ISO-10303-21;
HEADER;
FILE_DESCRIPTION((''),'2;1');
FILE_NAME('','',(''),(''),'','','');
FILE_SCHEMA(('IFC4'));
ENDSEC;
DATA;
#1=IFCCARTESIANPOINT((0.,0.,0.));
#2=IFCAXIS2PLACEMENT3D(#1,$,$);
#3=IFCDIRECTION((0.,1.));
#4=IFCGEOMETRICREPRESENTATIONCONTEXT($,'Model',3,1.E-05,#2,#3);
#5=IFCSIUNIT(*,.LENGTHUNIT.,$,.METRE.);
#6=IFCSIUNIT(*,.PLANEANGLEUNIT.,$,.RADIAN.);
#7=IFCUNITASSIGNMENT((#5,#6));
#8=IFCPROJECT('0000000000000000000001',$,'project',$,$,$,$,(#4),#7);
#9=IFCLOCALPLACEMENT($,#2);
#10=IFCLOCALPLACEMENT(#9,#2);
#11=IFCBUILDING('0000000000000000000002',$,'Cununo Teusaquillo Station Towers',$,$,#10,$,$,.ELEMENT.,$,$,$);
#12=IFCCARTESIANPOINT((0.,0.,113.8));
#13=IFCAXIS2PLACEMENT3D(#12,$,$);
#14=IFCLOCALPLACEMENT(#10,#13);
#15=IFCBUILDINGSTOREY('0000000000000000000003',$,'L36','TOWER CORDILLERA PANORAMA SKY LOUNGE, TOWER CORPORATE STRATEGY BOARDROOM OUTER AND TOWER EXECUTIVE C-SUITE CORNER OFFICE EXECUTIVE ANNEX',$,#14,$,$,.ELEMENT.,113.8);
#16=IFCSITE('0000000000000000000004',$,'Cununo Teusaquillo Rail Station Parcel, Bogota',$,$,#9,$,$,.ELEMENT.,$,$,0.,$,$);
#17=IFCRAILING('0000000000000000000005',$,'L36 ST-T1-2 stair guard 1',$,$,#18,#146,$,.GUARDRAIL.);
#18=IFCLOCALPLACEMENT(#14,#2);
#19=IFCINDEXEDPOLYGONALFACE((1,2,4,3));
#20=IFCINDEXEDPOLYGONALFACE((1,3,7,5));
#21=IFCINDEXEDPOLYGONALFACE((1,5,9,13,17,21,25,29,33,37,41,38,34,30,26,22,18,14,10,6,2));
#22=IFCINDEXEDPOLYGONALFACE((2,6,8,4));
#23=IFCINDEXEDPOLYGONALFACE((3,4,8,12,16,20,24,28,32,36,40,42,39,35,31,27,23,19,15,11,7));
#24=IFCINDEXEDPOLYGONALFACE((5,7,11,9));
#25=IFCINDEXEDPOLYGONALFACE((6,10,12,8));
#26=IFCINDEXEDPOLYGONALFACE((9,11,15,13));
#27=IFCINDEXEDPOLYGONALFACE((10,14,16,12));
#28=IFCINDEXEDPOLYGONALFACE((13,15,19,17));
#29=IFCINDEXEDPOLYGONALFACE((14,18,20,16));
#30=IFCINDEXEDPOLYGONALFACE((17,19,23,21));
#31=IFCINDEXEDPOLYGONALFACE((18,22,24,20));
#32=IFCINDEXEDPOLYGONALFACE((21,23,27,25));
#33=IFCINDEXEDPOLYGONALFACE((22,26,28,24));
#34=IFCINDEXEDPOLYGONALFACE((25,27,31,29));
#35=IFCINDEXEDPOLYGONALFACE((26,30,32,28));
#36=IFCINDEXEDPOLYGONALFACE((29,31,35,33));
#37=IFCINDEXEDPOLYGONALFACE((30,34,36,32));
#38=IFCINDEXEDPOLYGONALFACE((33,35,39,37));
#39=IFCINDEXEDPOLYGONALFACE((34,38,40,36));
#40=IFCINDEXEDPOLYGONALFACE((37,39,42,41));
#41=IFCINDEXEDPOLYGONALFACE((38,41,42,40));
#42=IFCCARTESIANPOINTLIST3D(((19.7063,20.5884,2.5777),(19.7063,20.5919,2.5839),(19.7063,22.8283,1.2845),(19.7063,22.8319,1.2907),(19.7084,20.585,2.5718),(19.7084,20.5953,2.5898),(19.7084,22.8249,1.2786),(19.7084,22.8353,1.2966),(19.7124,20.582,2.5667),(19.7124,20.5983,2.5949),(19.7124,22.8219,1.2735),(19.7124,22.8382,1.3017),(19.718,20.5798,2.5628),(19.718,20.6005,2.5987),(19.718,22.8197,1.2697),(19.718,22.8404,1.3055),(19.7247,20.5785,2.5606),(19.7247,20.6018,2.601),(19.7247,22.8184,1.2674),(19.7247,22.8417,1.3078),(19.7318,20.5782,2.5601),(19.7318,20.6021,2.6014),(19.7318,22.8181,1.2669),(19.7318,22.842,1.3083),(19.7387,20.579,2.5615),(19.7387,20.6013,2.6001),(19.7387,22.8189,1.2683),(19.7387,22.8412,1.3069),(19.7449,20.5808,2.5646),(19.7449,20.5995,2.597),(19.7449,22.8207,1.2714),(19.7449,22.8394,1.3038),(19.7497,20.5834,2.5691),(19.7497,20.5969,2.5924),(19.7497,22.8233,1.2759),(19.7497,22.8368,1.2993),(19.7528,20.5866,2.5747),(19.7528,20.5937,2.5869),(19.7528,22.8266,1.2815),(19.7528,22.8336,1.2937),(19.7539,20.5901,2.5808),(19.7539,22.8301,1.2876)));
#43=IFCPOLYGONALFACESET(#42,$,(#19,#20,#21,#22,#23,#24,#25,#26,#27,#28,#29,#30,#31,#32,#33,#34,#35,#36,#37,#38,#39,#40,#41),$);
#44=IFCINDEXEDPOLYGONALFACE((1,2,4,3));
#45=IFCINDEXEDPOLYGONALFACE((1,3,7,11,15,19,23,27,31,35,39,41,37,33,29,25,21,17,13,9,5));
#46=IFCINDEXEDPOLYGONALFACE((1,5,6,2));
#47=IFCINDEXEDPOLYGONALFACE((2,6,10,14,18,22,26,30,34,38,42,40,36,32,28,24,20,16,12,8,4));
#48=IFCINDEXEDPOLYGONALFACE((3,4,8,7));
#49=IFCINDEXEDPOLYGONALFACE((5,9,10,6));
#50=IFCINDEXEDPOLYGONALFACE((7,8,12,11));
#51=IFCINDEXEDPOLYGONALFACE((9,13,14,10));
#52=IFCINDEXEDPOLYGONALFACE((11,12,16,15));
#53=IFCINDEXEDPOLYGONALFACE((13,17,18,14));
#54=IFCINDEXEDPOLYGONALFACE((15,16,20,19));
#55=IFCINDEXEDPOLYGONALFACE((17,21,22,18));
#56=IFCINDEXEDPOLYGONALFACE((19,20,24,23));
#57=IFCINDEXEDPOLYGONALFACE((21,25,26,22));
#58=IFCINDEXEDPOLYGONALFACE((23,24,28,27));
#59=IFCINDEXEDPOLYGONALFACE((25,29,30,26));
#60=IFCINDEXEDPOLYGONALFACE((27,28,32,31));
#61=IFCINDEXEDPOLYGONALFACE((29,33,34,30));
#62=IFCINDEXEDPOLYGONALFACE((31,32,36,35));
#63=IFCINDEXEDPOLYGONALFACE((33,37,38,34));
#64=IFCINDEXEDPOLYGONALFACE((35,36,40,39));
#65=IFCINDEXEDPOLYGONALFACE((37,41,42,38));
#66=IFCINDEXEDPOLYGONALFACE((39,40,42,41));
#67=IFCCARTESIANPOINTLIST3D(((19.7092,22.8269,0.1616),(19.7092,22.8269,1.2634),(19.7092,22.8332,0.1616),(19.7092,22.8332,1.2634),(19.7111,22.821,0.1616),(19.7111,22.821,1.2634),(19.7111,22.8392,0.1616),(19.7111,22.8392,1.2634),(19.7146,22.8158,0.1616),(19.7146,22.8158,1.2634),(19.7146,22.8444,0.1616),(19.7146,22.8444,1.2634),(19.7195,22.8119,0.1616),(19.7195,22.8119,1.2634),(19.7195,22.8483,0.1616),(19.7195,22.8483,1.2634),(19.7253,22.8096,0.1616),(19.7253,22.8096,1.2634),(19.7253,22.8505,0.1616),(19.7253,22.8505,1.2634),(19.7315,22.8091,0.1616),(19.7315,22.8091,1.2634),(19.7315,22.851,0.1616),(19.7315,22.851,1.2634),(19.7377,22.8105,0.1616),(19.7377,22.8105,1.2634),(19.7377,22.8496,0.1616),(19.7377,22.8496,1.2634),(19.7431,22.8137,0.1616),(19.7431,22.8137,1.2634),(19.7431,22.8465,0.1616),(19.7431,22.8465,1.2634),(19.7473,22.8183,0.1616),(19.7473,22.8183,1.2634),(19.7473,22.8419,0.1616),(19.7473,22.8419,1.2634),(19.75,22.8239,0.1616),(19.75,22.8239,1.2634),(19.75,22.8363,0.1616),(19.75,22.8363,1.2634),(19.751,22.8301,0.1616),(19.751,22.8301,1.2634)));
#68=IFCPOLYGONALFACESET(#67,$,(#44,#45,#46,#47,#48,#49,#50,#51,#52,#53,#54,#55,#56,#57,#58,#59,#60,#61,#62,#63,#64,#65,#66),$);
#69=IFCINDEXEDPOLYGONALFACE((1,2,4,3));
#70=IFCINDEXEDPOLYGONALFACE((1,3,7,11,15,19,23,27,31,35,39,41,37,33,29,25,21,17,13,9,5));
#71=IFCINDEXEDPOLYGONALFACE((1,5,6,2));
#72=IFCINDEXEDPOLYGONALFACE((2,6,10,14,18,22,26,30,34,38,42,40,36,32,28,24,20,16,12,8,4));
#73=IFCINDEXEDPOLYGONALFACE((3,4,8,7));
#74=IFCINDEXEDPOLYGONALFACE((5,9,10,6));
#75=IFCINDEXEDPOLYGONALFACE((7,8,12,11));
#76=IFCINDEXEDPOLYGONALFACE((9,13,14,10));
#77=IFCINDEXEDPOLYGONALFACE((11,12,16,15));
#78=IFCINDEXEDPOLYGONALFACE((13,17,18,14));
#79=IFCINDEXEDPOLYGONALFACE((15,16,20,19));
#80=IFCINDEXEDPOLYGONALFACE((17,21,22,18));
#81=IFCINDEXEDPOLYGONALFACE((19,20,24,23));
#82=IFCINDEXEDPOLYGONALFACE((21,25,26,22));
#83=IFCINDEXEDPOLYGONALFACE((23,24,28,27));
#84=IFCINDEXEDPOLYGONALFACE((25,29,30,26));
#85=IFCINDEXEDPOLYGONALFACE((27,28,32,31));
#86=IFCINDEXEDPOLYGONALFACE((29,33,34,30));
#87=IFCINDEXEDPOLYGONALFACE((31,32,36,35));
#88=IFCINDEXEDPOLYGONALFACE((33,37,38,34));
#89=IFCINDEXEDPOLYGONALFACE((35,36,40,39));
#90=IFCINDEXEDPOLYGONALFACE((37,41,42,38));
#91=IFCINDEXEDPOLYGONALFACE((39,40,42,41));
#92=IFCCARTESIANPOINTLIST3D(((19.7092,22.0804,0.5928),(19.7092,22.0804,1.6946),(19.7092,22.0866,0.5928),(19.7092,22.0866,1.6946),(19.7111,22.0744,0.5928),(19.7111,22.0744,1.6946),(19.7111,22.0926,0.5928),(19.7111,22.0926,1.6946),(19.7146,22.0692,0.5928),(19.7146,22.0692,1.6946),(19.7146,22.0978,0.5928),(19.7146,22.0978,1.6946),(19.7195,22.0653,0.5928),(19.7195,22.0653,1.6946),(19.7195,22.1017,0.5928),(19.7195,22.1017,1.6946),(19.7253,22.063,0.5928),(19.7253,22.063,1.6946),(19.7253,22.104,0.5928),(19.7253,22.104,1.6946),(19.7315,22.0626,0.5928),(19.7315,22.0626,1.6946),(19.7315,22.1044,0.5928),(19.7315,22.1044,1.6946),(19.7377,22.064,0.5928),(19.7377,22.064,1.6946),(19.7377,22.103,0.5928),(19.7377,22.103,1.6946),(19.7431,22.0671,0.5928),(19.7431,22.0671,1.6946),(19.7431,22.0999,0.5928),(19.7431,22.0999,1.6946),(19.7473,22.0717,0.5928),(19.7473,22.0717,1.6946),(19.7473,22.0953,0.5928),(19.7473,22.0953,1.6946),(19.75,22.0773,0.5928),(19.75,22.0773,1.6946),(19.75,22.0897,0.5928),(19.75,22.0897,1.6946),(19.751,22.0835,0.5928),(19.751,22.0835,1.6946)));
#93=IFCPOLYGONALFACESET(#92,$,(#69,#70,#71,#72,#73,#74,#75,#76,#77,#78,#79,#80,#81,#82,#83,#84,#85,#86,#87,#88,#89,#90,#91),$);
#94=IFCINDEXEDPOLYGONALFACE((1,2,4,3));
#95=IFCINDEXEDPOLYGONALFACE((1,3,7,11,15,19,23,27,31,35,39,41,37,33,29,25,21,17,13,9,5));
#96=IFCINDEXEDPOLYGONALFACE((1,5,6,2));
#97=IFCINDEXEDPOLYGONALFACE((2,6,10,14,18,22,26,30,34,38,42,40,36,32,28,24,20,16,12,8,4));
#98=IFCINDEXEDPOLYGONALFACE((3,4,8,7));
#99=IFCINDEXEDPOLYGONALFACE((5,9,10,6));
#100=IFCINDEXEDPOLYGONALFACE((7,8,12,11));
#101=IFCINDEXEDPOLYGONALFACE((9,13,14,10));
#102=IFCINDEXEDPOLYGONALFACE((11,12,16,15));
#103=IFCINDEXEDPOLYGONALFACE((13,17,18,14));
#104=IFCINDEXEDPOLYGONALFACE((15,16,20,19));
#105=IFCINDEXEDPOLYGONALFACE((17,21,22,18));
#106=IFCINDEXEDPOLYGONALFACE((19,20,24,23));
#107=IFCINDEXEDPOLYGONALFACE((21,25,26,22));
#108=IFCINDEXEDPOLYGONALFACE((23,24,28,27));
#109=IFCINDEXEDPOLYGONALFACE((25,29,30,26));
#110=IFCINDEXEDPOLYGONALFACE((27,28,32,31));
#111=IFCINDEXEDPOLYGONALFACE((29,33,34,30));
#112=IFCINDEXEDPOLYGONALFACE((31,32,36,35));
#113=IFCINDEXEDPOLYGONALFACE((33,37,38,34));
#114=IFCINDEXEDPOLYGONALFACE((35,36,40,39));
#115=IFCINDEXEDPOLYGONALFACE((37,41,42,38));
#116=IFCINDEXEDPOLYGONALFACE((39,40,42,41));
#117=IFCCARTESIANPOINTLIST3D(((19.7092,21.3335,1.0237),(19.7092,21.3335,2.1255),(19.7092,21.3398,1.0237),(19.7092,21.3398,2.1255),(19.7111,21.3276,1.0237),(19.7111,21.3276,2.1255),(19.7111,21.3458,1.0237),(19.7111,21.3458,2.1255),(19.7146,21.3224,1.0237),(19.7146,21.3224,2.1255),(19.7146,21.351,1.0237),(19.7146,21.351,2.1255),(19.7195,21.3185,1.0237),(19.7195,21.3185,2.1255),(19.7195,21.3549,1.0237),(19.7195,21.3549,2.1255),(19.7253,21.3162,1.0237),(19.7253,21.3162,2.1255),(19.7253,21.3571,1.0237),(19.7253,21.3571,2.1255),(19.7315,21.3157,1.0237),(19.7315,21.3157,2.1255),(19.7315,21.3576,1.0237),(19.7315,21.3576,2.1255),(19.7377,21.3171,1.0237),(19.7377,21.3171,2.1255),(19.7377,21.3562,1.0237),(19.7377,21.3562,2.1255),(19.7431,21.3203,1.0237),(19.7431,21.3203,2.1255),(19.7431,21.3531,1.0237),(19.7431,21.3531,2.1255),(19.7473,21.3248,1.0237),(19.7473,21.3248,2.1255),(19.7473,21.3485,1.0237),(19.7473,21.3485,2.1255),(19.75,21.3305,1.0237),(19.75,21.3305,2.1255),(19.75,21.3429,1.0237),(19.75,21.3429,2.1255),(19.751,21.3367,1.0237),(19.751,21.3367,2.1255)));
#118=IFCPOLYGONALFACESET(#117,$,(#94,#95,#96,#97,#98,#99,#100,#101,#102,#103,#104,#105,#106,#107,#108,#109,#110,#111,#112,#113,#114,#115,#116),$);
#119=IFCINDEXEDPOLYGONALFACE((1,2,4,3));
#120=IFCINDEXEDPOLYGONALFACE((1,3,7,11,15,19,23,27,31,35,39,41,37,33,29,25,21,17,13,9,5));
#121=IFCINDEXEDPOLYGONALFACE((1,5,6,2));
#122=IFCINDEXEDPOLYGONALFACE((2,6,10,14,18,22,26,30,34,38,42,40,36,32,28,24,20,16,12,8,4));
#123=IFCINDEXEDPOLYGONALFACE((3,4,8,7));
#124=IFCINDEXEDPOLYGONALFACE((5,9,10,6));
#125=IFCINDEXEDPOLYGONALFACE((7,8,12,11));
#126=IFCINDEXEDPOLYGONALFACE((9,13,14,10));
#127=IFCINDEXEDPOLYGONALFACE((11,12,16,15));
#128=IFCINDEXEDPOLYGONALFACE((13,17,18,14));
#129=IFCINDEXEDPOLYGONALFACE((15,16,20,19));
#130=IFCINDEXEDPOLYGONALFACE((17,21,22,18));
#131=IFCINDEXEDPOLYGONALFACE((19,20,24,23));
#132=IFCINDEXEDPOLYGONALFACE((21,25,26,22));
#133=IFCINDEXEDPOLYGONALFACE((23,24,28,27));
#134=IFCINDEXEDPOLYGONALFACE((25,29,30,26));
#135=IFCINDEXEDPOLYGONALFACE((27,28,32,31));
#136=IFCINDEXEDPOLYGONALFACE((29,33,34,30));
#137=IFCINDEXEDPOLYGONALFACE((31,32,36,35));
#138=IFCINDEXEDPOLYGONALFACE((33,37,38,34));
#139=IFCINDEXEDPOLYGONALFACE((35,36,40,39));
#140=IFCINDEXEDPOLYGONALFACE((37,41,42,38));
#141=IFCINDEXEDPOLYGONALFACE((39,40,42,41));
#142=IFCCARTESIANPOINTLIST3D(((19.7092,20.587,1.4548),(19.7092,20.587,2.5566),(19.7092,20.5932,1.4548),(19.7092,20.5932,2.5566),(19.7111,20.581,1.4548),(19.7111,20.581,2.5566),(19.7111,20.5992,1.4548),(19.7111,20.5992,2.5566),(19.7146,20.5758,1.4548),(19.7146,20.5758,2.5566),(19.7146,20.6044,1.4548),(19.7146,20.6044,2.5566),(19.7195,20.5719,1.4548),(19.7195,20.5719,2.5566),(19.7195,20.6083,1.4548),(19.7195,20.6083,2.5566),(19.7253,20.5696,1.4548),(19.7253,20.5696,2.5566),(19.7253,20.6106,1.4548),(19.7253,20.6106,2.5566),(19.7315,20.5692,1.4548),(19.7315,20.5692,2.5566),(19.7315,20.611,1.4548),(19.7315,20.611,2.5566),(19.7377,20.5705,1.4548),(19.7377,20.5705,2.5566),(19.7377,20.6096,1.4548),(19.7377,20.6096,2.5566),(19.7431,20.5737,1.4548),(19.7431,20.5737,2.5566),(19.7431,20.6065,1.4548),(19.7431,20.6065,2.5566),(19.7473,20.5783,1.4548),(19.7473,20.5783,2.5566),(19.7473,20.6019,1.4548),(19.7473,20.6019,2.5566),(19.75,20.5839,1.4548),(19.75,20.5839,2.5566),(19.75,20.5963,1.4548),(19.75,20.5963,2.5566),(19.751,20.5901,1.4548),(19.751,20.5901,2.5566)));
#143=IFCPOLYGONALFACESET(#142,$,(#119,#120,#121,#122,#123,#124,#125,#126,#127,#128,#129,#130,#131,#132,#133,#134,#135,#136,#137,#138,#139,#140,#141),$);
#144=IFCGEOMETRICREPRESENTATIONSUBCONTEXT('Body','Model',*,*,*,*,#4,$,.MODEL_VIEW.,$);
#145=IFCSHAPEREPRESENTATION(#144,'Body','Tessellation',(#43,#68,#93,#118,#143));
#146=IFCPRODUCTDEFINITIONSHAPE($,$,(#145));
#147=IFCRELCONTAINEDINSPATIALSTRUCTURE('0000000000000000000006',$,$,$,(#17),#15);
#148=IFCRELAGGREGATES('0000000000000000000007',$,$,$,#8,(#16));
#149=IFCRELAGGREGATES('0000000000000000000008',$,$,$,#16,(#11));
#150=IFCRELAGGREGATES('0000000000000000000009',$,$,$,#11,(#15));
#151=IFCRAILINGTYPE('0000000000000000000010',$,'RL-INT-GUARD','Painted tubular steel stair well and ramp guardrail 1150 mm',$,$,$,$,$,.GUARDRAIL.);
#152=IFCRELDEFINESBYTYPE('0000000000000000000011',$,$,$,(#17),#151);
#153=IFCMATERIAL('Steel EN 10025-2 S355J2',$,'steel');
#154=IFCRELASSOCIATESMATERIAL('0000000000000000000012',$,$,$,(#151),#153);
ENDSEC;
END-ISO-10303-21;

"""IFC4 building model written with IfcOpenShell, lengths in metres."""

from ifc_helpers import new_model, si_unit, direction, frame, origin, origin_2d, place, context, subcontext, project, spatial, circle, extrude, material, type_object, element, save


model = new_model("IFC4")

# Units and contexts
model_context = context("Model", 3, precision=1e-05, world=origin(), true_north=direction((0.0, 1.0)))
body_context = subcontext(model_context, "Body", "Model", "MODEL_VIEW")
ifc_project = project(units=[si_unit("LENGTHUNIT", "METRE"), si_unit("PLANEANGLEUNIT", "RADIAN")], contexts=[model_context])

# Site, building, storey
site_placement = place(None, origin())
site = spatial("IfcSite", under=ifc_project, at=site_placement, Name="Cununo Teusaquillo Rail Station Parcel, Bogota", CompositionType="ELEMENT", RefElevation=0.0)
building_placement = place(site_placement, origin())
building = spatial("IfcBuilding", under=site, at=building_placement, Name="Cununo Teusaquillo Station Towers", CompositionType="ELEMENT")
storey_placement = place(building_placement, frame((0.0, 0.0, 113.8)))
storey = spatial("IfcBuildingStorey", under=building, at=storey_placement, Name="L36", Description="TOWER CORDILLERA PANORAMA SKY LOUNGE, TOWER CORPORATE STRATEGY BOARDROOM OUTER AND TOWER EXECUTIVE C-SUITE CORNER OFFICE EXECUTIVE ANNEX", CompositionType="ELEMENT", Elevation=113.8)

# Railing
ifc_material_1 = material(Name="Steel EN 10025-2 S355J2", Category="steel")
railing_type_1 = type_object("IfcRailingType", Name="RL-INT-GUARD", Description="Painted tubular steel stair well and ramp guardrail 1150 mm", PredefinedType="GUARDRAIL", material=ifc_material_1)
railing_1_placement = place(storey_placement, frame((19.73, 22.8301, 0.1616)))
element("IfcRailing", 1, at=railing_1_placement, inside=storey, type_object=railing_type_1, Name="L36 ST-T1-2 stair guard 1", PredefinedType="GUARDRAIL", context=body_context, shape_type="SweptSolid", body=[
    extrude(circle(Radius=0.0239, at=origin_2d()), frame((0.0, 0.0, 1.126), z_axis=(0.0, -0.866033, 0.499987), x_axis=(1.0, 0.0, 0.0)), (0.0, 0.0, 1.0), 2.5864),
    extrude(circle(Radius=0.021, at=origin_2d()), origin(), (0.0, 0.0, 1.0), 1.1018),
    extrude(circle(Radius=0.021, at=origin_2d()), frame((0.0, -0.7466, 0.4312)), (0.0, 0.0, 1.0), 1.1018),
    extrude(circle(Radius=0.021, at=origin_2d()), frame((0.0, -1.4934, 0.8621)), (0.0, 0.0, 1.0), 1.1018),
    extrude(circle(Radius=0.021, at=origin_2d()), frame((0.0, -2.24, 1.2932)), (0.0, 0.0, 1.0), 1.1018),
])

save(model, "model.ifc")
